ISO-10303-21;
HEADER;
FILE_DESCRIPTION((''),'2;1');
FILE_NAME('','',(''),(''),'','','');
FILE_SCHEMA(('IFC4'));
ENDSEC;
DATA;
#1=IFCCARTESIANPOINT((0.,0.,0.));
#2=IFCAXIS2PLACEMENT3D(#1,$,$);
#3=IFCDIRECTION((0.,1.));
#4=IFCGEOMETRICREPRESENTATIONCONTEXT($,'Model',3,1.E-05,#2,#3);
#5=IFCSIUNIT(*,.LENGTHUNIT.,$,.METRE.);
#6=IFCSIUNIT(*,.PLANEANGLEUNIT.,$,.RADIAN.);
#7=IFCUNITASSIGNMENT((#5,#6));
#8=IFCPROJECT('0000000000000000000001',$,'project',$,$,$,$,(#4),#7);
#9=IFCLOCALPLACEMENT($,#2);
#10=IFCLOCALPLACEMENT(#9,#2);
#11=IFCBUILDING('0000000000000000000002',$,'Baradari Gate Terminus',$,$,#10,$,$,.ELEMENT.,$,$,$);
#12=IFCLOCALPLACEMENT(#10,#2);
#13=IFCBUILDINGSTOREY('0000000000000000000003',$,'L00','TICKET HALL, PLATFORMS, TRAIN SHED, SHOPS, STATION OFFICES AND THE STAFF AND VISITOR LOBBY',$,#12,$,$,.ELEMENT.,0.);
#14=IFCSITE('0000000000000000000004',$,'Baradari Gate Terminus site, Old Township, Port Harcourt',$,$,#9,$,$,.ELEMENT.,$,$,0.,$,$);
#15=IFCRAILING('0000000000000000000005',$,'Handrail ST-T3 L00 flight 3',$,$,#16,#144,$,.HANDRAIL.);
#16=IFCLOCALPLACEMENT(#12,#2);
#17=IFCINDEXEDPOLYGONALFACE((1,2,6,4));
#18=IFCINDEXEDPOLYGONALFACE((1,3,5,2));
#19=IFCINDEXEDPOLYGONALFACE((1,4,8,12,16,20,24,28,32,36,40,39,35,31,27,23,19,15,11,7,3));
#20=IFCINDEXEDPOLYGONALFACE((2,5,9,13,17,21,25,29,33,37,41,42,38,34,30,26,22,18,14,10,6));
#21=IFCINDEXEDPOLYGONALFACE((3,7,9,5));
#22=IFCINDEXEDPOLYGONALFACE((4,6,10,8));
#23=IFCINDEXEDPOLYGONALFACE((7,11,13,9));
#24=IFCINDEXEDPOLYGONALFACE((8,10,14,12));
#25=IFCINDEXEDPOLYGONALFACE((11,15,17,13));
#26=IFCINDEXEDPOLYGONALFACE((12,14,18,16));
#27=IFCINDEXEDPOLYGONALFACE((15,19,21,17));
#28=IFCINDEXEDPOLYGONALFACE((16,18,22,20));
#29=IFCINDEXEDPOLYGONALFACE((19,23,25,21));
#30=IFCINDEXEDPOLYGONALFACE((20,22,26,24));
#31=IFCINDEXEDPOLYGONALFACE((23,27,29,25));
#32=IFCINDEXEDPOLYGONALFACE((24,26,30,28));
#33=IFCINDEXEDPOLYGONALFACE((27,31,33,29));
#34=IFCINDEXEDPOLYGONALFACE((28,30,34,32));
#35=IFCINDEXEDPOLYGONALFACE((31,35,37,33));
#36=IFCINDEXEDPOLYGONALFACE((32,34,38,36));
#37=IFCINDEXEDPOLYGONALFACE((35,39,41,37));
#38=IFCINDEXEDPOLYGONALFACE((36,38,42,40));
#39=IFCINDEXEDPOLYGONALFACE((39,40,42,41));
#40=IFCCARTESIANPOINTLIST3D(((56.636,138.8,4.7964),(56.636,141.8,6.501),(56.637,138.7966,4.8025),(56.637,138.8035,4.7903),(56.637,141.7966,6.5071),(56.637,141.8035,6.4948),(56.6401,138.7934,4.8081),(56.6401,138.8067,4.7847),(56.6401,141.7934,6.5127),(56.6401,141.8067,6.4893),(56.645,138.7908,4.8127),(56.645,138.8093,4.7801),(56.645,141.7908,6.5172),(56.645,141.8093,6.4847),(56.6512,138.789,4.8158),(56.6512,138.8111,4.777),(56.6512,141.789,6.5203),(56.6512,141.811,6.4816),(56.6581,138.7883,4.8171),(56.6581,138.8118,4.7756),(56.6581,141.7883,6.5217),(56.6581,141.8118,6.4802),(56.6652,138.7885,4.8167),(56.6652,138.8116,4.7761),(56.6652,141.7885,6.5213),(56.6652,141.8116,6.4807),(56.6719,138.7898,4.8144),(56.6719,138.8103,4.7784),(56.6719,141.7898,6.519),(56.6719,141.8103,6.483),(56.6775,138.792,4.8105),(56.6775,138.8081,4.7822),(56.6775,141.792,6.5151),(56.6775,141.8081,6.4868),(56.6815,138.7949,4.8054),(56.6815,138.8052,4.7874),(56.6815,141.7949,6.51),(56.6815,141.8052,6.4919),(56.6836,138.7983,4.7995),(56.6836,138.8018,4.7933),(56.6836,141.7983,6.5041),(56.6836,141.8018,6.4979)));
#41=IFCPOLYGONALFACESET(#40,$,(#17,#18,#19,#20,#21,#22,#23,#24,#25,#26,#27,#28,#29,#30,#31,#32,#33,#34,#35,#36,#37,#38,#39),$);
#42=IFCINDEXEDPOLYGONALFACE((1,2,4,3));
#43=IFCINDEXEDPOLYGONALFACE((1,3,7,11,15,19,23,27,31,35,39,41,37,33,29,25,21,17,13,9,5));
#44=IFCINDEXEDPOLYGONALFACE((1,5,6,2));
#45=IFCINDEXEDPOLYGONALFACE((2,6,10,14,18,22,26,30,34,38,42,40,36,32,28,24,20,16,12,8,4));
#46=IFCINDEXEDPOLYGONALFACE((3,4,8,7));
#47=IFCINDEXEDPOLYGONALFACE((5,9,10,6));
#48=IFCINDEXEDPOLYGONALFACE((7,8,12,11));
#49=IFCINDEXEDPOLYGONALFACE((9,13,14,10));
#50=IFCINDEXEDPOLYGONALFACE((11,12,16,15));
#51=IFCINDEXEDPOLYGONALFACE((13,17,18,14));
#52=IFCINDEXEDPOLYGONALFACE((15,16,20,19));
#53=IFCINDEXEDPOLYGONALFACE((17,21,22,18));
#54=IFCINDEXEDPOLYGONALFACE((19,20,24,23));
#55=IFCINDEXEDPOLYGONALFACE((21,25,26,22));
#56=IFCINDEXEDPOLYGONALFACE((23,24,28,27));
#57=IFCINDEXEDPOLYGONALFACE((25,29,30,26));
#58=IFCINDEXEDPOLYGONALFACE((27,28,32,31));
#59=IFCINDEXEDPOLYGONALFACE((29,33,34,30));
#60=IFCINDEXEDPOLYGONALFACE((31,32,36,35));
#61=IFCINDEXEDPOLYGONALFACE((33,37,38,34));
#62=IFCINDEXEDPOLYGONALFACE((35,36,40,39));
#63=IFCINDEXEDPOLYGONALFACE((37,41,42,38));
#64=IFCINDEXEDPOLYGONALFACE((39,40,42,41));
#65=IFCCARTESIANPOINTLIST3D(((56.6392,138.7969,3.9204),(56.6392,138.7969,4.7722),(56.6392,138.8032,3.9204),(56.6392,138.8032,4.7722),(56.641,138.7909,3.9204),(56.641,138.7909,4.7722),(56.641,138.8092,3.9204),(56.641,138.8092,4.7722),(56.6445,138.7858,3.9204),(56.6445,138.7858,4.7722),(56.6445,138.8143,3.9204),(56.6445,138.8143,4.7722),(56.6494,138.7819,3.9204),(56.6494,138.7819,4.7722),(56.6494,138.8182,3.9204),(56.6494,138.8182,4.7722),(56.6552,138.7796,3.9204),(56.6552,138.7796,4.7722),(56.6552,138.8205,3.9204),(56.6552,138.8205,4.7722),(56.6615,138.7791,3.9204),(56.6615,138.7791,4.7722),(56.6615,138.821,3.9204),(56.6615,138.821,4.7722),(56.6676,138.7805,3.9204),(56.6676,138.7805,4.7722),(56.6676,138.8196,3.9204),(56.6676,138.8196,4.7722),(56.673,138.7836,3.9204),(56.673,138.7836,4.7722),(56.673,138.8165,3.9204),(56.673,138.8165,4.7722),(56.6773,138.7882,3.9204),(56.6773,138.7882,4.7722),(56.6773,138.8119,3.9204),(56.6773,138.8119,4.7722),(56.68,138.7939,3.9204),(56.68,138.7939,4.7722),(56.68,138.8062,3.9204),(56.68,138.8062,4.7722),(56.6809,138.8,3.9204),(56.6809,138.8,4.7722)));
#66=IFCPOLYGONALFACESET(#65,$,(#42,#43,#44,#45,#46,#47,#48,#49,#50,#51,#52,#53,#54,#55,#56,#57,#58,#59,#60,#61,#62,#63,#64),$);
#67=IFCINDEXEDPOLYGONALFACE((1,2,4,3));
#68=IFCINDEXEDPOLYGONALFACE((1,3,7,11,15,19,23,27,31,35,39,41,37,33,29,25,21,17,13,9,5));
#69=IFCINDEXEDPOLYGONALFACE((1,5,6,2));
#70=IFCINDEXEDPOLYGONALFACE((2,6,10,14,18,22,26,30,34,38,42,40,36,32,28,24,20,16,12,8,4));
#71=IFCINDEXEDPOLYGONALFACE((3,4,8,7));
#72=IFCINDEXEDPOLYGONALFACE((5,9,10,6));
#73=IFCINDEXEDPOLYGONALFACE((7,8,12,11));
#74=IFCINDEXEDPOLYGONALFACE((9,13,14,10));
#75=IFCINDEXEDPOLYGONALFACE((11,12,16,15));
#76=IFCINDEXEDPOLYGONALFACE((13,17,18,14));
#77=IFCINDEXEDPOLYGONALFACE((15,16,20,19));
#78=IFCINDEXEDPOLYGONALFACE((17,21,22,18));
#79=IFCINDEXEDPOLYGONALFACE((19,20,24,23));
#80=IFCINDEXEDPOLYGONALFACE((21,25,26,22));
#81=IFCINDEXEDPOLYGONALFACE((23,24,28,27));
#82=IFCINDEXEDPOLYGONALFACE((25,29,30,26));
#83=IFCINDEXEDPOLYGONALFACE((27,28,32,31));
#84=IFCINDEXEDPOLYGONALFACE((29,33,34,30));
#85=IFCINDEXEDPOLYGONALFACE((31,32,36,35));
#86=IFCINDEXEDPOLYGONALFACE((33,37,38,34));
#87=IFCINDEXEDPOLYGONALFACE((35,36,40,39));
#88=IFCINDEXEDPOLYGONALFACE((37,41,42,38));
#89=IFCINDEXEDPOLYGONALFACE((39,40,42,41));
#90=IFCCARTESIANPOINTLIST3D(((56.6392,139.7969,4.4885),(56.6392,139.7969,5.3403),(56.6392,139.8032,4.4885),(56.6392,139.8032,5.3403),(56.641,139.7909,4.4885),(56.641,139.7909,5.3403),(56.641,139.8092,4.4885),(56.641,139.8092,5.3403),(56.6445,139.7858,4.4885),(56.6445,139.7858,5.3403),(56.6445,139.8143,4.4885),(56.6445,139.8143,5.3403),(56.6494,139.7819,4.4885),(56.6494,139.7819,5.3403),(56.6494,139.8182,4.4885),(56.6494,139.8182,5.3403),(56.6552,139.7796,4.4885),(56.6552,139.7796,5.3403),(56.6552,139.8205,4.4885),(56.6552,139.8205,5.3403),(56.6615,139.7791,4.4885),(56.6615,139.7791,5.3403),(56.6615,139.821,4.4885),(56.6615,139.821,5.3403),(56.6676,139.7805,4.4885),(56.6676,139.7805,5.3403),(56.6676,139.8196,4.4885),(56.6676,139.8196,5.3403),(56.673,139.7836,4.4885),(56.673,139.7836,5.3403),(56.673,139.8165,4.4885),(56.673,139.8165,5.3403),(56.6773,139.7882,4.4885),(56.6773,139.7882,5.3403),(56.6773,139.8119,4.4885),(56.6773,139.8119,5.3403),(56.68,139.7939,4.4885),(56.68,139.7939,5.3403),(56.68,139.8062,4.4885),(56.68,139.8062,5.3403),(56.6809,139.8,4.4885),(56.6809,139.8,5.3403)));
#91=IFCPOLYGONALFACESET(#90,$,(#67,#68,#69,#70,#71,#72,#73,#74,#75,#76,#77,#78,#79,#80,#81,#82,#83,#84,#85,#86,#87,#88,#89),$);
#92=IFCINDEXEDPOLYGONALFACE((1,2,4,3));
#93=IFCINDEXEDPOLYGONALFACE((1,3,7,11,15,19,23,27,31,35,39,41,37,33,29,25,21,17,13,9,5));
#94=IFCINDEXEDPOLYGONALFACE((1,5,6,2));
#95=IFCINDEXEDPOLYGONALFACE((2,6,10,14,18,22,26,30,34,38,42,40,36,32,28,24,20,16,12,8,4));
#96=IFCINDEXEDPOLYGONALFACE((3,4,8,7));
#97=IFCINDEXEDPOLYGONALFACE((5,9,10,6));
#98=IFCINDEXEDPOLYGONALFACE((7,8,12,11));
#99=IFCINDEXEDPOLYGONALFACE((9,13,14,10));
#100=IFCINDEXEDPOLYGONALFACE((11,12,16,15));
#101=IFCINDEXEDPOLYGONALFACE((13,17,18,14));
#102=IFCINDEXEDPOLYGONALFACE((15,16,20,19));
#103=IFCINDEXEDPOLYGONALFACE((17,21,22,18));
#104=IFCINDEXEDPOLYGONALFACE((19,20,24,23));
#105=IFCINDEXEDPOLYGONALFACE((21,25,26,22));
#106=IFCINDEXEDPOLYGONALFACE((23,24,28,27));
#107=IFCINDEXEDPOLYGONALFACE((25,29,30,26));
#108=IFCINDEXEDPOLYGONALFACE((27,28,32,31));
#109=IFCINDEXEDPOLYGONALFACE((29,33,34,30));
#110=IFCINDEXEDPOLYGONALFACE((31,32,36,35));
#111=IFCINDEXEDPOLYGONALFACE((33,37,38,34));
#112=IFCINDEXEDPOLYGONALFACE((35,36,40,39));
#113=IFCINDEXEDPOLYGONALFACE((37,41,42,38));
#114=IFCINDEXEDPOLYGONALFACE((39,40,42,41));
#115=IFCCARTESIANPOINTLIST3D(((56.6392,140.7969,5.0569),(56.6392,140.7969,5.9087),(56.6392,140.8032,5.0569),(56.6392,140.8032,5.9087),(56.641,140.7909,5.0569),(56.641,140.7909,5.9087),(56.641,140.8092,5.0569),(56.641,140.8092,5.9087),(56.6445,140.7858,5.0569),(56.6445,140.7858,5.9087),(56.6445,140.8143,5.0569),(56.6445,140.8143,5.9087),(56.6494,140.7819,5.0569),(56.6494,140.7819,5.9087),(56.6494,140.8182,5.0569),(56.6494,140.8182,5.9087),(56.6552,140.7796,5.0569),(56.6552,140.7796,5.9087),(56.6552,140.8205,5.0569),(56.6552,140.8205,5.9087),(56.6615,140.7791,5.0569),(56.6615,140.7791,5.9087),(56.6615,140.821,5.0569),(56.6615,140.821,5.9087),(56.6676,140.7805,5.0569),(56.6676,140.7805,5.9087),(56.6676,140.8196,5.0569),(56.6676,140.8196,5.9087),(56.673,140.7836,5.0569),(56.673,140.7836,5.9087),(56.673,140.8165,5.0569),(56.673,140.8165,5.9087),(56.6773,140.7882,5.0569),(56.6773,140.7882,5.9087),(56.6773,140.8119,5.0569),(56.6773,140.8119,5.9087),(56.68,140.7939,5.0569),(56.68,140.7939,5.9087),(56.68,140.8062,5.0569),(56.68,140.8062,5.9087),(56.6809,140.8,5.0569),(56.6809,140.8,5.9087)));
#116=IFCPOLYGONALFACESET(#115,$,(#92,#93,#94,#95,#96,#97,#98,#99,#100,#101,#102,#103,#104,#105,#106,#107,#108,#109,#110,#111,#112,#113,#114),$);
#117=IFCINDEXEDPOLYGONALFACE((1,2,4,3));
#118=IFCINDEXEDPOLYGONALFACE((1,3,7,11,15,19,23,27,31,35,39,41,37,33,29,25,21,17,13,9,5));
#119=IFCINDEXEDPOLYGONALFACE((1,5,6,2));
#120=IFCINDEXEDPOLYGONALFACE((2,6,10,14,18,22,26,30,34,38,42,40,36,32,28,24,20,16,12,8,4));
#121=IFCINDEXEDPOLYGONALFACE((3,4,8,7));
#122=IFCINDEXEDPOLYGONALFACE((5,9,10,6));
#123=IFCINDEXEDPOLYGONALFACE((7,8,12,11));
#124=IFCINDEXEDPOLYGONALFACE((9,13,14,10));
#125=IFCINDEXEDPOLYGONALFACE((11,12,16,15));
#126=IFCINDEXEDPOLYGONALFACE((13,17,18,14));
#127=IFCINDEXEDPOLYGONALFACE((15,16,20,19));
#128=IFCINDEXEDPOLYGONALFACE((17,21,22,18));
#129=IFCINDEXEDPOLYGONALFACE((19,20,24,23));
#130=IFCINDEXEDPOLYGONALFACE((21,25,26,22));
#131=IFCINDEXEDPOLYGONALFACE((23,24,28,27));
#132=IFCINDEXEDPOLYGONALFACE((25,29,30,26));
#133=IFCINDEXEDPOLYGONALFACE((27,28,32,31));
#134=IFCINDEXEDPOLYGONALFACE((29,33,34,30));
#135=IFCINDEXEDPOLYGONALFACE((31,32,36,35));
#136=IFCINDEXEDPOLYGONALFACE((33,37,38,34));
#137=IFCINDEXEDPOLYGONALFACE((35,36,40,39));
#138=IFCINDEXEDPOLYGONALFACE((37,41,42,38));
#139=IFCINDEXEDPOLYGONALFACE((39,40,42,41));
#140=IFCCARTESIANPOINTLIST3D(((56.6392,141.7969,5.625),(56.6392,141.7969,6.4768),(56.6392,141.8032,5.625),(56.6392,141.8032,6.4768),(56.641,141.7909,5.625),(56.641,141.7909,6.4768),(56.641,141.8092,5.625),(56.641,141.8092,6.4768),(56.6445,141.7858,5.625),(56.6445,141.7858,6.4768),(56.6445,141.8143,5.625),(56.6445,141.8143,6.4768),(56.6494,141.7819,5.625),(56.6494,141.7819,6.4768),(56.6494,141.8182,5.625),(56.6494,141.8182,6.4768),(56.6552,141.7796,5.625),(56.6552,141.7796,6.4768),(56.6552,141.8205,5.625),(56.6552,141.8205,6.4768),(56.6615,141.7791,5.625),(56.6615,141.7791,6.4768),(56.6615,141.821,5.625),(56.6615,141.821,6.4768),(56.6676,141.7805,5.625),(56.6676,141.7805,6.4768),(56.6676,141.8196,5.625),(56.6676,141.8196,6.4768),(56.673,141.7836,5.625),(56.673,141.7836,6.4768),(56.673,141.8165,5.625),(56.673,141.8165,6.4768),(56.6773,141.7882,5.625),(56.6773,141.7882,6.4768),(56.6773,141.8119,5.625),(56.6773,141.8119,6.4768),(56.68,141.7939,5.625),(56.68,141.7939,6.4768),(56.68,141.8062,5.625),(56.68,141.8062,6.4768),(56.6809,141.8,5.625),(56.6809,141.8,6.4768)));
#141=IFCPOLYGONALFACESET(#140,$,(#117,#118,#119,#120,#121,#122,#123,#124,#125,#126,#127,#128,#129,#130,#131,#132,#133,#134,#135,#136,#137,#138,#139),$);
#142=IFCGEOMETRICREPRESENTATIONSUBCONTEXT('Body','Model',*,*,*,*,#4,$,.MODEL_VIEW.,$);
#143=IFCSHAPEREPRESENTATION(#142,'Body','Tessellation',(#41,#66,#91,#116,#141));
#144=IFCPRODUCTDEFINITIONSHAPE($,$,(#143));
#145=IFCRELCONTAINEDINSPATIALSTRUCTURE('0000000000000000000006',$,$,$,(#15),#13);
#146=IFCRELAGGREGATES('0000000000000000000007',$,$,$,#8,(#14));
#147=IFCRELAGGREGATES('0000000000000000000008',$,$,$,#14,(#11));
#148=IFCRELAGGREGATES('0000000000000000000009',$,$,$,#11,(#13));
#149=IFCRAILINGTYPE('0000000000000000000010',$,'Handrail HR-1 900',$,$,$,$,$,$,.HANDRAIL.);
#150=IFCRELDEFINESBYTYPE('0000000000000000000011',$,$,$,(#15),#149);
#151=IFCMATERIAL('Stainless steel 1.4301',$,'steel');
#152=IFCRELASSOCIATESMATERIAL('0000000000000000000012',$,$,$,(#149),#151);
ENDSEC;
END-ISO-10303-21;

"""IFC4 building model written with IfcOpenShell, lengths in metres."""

from ifc_helpers import new_model, si_unit, direction, frame, origin, origin_2d, place, context, subcontext, project, spatial, circle, extrude, material, type_object, element, save


model = new_model("IFC4")

# Units and contexts
model_context = context("Model", 3, precision=1e-05, world=origin(), true_north=direction((0.0, 1.0)))
body_context = subcontext(model_context, "Body", "Model", "MODEL_VIEW")
ifc_project = project(units=[si_unit("LENGTHUNIT", "METRE"), si_unit("PLANEANGLEUNIT", "RADIAN")], contexts=[model_context])

# Site, building, storey
site_placement = place(None, origin())
site = spatial("IfcSite", under=ifc_project, at=site_placement, Name="Baradari Gate Terminus site, Old Township, Port Harcourt", CompositionType="ELEMENT", RefElevation=0.0)
building_placement = place(site_placement, origin())
building = spatial("IfcBuilding", under=site, at=building_placement, Name="Baradari Gate Terminus", CompositionType="ELEMENT")
storey_placement = place(building_placement, origin())
storey = spatial("IfcBuildingStorey", under=building, at=storey_placement, Name="L00", Description="TICKET HALL, PLATFORMS, TRAIN SHED, SHOPS, STATION OFFICES AND THE STAFF AND VISITOR LOBBY", CompositionType="ELEMENT", Elevation=0.0)

# Railing
ifc_material_1 = material(Name="Stainless steel 1.4301", Category="steel")
railing_type_1 = type_object("IfcRailingType", Name="Handrail HR-1 900", PredefinedType="HANDRAIL", material=ifc_material_1)
for number, where, name in (
    (1, (56.6599, 138.8, 3.9204), "Handrail ST-T3 L00 flight 3"),
):
    element("IfcRailing", number, at=place(storey_placement, frame(where)), inside=storey, type_object=railing_type_1, Name=name, PredefinedType="HANDRAIL", context=body_context, shape_type="SweptSolid", body=[
        extrude(circle(Radius=0.0239, at=origin_2d()), frame((0.0, 0.0, 0.876), z_axis=(0.0, 0.869451, 0.494019), x_axis=(-1.0, 0.0, 0.0)), (0.0, 0.0, 1.0), 3.4504),
        extrude(circle(Radius=0.021, at=origin_2d()), origin(), (0.0, 0.0, 1.0), 0.8518),
        extrude(circle(Radius=0.021, at=origin_2d()), frame((0.0, 1.0, 0.5681)), (0.0, 0.0, 1.0), 0.8518),
        extrude(circle(Radius=0.021, at=origin_2d()), frame((0.0, 2.0, 1.1365)), (0.0, 0.0, 1.0), 0.8518),
        extrude(circle(Radius=0.021, at=origin_2d()), frame((0.0, 3.0, 1.7046)), (0.0, 0.0, 1.0), 0.8518),
    ])

save(model, "model.ifc")
